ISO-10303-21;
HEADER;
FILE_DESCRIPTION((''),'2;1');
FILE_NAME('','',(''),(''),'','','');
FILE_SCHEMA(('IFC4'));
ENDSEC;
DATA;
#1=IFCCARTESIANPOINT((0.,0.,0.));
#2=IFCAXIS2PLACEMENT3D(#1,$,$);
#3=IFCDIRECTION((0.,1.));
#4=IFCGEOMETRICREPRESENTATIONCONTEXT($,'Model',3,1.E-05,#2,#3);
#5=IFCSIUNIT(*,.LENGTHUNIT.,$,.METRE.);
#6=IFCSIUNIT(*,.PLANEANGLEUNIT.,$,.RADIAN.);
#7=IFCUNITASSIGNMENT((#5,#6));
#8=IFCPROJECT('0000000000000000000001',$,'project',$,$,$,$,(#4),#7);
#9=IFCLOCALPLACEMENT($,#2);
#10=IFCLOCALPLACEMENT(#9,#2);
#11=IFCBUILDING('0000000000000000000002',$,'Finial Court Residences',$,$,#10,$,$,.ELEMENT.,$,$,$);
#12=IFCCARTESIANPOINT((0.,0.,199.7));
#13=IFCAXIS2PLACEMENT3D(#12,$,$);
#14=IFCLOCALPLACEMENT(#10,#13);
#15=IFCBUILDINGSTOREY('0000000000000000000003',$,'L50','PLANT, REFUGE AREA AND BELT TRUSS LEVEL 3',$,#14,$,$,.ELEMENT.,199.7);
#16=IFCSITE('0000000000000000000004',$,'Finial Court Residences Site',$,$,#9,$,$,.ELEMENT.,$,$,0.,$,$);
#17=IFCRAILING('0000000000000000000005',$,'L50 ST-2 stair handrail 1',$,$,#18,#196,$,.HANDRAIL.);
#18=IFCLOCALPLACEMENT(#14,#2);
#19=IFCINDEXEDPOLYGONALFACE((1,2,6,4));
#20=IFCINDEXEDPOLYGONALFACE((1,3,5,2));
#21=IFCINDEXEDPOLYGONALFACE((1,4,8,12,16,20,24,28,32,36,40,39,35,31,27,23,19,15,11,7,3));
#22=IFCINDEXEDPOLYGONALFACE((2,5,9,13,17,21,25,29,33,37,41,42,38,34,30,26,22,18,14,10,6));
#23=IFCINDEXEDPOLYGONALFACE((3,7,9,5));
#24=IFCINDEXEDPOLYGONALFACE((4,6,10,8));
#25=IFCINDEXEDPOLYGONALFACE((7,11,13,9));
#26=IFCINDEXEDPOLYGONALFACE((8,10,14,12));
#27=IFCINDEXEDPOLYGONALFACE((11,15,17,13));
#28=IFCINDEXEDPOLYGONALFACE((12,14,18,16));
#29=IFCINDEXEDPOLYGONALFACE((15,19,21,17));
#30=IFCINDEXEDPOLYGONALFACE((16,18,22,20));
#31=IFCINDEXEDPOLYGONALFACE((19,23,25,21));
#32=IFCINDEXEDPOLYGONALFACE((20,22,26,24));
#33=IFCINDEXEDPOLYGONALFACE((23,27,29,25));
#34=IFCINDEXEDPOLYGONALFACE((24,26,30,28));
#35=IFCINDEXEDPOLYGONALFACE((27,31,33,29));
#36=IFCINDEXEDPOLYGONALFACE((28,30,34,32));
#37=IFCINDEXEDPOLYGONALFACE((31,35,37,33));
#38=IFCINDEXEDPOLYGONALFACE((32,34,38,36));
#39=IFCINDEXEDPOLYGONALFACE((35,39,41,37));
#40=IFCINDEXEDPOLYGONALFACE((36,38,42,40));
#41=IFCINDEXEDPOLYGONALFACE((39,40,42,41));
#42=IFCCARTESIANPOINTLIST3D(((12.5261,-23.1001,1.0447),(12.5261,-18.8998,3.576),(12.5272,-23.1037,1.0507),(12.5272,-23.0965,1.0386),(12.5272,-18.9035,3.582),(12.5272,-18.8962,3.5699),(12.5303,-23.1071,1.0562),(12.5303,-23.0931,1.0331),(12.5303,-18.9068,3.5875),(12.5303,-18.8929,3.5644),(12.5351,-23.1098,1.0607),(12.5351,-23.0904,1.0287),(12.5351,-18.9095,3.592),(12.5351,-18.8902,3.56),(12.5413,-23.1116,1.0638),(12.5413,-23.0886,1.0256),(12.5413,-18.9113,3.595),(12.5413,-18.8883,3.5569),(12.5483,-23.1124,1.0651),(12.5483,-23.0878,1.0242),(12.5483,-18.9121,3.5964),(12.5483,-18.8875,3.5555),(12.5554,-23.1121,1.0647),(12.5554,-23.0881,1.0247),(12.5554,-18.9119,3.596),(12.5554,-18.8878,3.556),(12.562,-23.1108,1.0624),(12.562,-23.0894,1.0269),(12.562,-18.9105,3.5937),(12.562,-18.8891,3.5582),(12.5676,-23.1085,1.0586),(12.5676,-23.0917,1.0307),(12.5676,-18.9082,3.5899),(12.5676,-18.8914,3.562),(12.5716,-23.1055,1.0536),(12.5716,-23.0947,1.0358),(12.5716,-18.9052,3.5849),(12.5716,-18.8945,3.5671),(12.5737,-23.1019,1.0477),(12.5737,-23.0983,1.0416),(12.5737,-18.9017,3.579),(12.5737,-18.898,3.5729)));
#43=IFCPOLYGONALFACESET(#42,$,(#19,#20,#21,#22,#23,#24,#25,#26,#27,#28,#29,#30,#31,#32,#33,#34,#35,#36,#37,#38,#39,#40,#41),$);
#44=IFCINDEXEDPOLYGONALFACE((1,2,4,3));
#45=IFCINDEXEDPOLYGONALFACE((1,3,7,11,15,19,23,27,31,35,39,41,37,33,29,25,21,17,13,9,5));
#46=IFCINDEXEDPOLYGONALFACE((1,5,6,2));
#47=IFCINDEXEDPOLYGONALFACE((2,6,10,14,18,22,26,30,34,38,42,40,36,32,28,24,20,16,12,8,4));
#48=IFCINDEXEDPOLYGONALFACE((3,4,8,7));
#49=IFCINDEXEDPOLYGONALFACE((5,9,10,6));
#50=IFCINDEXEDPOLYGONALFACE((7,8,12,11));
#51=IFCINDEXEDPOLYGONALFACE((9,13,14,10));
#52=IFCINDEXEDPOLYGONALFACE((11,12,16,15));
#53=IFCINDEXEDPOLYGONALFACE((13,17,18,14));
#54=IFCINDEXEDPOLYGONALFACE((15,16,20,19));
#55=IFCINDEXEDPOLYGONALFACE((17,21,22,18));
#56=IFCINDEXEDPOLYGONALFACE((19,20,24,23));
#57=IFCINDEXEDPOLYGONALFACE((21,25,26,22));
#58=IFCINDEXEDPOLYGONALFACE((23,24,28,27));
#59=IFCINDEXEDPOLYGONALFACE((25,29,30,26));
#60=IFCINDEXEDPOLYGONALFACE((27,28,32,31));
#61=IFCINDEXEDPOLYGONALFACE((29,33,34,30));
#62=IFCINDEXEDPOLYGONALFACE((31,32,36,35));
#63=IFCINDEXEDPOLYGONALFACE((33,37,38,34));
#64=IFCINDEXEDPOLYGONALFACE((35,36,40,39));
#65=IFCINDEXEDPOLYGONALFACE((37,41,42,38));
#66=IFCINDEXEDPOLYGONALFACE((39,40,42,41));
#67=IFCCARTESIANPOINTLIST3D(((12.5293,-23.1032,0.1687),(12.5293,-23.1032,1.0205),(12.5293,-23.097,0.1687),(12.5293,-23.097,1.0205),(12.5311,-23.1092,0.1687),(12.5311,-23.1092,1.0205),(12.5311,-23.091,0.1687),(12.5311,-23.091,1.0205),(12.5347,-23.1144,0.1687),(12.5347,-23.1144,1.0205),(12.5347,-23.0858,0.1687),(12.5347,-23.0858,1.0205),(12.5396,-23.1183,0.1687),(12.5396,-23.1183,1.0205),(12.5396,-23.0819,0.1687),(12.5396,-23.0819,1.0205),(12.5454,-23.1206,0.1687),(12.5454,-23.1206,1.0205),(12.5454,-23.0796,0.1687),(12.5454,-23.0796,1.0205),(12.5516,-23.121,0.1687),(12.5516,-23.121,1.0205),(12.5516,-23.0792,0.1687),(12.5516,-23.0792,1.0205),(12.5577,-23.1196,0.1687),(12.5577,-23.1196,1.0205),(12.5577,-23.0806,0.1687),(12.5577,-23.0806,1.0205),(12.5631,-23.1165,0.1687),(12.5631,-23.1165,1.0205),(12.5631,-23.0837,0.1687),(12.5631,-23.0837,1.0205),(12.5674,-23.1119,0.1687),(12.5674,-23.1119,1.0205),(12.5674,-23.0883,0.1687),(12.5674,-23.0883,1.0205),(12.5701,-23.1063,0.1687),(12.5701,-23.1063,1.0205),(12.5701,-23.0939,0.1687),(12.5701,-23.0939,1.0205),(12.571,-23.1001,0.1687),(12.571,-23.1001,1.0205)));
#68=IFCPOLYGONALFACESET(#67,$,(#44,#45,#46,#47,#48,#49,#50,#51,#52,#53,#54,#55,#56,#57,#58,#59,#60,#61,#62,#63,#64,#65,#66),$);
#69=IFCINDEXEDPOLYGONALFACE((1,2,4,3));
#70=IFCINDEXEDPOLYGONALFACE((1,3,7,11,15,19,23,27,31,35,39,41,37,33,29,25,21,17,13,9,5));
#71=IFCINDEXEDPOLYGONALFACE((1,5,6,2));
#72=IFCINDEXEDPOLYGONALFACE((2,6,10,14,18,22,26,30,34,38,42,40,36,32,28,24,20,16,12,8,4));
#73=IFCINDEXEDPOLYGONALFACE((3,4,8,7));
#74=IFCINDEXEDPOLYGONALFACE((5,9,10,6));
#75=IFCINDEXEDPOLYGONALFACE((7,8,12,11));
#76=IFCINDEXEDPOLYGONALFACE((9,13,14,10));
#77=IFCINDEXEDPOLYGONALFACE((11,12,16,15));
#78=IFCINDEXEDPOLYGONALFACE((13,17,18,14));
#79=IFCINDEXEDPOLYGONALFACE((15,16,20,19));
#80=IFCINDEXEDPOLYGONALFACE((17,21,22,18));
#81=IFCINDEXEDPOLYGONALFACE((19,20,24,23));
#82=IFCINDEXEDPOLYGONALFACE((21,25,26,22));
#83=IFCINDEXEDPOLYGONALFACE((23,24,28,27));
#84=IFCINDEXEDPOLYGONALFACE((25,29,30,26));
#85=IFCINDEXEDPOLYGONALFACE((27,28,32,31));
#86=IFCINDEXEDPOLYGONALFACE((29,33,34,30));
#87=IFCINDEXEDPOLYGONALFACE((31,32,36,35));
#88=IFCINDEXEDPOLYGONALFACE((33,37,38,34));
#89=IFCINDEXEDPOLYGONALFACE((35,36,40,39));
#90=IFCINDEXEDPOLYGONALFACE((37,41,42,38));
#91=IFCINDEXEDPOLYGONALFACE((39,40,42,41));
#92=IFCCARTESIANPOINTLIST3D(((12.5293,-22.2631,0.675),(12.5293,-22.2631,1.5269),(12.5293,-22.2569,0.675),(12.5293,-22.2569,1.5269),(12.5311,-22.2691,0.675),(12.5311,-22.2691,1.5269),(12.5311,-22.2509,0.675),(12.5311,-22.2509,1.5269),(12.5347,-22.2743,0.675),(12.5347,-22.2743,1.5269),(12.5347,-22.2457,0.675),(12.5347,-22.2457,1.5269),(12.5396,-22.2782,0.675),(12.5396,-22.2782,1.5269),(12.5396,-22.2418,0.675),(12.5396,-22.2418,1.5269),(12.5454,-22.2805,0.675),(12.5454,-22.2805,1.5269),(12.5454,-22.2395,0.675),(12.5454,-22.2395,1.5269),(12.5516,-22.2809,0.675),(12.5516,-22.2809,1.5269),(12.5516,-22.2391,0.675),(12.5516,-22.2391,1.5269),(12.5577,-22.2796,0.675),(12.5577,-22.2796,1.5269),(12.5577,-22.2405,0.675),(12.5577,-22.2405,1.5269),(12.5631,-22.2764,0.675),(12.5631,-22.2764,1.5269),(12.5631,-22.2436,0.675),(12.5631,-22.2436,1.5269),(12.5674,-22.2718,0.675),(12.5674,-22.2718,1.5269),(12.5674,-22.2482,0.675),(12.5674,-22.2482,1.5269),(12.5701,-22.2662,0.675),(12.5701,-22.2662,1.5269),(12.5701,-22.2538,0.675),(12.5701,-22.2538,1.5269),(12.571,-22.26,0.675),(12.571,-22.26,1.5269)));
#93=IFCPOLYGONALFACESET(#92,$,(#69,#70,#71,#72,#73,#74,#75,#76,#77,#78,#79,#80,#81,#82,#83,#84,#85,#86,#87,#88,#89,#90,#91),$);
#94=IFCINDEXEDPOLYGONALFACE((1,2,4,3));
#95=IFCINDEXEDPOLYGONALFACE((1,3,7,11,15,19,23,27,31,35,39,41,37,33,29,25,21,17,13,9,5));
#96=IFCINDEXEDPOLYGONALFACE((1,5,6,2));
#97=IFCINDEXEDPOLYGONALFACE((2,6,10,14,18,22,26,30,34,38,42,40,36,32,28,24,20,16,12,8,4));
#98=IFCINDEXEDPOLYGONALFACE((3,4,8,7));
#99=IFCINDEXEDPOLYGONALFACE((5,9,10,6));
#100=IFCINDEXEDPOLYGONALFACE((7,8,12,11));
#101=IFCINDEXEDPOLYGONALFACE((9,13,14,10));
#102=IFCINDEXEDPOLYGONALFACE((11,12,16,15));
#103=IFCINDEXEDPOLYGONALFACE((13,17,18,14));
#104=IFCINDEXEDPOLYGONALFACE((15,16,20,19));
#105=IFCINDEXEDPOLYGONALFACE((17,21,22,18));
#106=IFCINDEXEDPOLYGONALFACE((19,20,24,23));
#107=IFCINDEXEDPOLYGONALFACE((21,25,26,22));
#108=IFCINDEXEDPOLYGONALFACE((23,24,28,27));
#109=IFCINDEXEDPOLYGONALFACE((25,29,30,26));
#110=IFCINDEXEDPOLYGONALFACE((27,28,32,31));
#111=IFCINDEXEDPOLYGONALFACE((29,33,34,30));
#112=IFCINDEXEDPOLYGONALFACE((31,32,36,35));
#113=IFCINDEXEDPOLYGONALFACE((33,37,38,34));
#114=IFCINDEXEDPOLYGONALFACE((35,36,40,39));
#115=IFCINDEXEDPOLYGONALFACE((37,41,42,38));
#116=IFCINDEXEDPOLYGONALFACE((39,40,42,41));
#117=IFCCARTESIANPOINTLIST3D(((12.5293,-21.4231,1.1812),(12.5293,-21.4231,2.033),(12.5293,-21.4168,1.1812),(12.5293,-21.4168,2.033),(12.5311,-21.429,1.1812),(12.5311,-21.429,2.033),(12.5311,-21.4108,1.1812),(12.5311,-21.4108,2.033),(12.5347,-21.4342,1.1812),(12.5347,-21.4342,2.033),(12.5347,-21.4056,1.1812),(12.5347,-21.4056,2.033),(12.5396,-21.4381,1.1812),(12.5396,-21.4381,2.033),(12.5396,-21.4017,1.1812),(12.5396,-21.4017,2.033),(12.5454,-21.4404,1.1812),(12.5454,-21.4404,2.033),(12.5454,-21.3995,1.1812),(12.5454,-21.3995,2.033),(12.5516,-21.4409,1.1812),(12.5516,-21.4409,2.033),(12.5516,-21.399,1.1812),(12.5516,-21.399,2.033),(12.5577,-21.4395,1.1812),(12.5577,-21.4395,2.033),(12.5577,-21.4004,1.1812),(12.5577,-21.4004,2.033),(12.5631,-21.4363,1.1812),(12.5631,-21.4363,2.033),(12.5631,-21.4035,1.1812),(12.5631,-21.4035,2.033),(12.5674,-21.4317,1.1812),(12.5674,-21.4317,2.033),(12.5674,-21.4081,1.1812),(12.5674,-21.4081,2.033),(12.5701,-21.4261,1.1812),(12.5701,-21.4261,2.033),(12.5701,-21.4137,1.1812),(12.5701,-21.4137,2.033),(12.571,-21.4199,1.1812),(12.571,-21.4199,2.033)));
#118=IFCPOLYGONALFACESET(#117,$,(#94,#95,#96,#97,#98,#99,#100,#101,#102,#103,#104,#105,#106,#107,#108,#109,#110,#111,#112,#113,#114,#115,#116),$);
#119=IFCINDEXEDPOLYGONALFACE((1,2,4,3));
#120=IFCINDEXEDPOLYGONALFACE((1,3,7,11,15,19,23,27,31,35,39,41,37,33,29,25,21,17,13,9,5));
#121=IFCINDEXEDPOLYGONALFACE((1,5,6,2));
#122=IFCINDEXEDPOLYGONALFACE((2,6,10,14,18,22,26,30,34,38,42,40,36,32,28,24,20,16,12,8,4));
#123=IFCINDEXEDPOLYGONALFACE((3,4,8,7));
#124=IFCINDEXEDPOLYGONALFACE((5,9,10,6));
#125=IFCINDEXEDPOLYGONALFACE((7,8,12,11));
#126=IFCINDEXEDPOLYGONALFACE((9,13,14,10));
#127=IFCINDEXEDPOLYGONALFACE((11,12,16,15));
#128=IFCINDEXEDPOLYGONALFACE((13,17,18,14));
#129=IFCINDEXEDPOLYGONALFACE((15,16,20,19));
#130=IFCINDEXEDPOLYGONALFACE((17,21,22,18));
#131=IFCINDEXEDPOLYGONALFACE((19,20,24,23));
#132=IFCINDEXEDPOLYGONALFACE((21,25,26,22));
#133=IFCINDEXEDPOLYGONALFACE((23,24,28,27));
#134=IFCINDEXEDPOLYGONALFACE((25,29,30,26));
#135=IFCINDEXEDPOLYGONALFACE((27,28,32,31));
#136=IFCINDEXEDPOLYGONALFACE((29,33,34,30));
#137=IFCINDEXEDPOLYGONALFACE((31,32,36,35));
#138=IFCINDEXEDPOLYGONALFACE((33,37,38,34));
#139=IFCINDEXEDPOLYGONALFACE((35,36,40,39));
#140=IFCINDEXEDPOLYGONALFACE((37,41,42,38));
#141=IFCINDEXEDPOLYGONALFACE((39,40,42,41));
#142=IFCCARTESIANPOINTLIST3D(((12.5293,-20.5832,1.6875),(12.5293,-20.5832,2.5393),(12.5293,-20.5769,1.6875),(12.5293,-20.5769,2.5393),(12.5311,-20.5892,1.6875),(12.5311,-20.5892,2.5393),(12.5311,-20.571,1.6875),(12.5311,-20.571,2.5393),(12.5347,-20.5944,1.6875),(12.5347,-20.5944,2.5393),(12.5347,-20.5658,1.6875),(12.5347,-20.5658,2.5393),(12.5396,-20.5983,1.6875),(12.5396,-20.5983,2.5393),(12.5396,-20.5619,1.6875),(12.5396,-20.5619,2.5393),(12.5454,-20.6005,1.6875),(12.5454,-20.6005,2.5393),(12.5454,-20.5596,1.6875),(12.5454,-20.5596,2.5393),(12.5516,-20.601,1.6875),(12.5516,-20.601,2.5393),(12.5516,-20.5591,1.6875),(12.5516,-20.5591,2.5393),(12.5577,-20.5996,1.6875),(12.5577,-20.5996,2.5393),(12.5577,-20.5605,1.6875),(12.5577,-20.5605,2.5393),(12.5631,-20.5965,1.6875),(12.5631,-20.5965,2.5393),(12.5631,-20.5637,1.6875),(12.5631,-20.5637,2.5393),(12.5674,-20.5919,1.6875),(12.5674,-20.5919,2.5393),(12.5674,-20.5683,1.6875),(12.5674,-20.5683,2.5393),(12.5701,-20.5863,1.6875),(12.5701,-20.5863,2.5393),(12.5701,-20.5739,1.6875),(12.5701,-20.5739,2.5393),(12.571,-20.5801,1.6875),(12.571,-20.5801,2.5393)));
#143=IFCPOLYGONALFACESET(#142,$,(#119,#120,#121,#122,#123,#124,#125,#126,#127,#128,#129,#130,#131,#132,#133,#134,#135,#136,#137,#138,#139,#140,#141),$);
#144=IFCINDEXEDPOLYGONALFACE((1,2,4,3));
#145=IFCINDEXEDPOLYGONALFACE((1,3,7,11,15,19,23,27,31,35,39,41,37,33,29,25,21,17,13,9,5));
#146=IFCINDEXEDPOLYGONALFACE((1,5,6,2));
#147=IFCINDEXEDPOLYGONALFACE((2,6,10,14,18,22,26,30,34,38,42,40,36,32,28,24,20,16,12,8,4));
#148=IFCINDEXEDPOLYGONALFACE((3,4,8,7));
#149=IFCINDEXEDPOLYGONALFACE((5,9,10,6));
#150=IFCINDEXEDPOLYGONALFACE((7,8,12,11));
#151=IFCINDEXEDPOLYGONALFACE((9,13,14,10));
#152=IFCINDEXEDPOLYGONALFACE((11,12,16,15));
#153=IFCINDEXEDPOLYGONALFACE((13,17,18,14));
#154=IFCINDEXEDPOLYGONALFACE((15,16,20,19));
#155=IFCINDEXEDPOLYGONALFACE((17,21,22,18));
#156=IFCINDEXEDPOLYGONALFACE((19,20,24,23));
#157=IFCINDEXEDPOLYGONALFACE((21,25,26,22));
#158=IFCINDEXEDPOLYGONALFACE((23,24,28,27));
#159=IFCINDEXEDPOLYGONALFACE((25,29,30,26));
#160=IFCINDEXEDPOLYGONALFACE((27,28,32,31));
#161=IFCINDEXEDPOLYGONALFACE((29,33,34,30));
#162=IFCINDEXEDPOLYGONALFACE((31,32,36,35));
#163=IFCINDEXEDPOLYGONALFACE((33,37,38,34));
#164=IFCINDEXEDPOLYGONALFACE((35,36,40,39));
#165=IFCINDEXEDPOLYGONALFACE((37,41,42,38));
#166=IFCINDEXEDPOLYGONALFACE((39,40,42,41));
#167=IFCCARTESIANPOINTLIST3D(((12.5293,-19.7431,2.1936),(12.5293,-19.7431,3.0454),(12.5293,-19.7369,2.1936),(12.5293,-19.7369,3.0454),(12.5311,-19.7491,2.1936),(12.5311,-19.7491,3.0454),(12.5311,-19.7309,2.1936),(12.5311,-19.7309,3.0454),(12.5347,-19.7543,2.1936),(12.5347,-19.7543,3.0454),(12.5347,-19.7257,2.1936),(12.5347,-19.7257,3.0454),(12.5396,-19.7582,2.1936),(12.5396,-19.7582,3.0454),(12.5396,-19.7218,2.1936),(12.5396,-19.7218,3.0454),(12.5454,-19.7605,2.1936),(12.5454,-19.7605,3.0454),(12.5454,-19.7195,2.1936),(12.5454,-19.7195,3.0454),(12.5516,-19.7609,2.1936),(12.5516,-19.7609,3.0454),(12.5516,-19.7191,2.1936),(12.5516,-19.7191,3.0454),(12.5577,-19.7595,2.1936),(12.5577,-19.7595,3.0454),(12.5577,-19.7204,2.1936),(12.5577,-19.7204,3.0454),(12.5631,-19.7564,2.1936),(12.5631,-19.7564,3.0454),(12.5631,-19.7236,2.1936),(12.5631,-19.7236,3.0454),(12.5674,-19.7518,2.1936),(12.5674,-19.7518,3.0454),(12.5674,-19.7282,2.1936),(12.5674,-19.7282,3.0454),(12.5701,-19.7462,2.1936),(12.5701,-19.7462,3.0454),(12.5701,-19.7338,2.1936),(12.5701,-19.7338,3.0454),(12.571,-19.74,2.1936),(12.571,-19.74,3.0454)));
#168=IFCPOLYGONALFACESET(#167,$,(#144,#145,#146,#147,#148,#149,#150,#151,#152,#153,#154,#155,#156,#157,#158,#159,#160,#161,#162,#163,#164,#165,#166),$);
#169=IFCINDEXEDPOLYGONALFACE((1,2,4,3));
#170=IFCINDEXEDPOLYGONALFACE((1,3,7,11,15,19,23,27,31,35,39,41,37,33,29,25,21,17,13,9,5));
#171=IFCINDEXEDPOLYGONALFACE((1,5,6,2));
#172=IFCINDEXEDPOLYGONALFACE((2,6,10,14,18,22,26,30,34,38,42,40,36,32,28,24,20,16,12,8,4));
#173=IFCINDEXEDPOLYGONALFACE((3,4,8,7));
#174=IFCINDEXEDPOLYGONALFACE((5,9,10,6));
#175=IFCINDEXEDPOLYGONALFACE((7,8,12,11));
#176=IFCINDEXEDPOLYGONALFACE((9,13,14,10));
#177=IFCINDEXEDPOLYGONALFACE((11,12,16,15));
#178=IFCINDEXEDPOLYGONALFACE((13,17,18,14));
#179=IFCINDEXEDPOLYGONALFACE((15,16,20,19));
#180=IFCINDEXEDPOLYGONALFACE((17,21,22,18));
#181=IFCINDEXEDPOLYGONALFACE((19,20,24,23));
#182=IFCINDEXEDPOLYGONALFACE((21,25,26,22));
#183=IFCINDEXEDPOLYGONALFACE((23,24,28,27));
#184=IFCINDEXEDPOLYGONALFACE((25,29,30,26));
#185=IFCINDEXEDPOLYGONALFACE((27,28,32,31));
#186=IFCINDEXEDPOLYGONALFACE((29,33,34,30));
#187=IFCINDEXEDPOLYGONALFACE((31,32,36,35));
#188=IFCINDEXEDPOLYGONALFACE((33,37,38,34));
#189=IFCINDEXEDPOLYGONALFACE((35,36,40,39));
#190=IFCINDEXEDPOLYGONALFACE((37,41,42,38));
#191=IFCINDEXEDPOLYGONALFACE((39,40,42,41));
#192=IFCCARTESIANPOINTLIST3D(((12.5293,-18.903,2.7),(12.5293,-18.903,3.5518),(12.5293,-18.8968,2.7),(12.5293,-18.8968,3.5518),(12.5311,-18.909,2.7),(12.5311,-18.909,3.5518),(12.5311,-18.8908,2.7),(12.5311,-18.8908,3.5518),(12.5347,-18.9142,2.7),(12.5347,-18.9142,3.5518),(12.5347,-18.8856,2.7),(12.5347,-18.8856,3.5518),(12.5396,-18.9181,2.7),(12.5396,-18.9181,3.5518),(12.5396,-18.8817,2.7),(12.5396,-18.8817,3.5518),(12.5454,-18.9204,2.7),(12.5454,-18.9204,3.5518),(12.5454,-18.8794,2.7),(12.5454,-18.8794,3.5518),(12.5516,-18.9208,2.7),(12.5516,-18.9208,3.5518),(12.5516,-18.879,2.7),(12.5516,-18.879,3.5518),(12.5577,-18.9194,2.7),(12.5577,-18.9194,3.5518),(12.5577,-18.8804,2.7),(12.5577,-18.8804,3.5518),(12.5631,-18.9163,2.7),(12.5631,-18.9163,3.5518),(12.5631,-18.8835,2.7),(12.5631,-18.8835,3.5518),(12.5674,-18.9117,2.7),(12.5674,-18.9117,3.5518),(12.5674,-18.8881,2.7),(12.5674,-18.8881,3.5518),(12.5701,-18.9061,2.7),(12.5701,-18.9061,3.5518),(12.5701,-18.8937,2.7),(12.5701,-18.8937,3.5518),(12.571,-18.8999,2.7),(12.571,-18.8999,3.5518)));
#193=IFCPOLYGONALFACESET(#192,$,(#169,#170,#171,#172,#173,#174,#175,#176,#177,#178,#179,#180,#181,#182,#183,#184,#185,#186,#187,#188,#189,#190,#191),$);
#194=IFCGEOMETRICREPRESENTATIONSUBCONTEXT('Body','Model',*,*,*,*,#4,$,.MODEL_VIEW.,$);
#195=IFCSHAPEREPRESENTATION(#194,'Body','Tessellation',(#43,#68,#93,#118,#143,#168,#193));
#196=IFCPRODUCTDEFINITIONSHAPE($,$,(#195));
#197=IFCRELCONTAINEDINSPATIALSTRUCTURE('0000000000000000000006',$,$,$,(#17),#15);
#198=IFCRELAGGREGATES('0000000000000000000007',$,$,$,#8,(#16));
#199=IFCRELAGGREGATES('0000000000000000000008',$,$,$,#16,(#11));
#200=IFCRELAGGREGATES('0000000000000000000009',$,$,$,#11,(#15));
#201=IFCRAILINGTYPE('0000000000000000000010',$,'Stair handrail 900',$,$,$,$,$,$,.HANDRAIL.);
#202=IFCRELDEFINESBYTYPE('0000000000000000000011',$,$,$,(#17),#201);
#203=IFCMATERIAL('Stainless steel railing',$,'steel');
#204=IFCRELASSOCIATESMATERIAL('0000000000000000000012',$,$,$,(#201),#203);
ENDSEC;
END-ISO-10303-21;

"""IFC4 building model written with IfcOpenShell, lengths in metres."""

from ifc_helpers import new_model, si_unit, direction, frame, origin, origin_2d, place, context, subcontext, project, spatial, circle, extrude, material, type_object, element, save


model = new_model("IFC4")

# Units and contexts
model_context = context("Model", 3, precision=1e-05, world=origin(), true_north=direction((0.0, 1.0)))
body_context = subcontext(model_context, "Body", "Model", "MODEL_VIEW")
ifc_project = project(units=[si_unit("LENGTHUNIT", "METRE"), si_unit("PLANEANGLEUNIT", "RADIAN")], contexts=[model_context])

# Site, building, storey
site_placement = place(None, origin())
site = spatial("IfcSite", under=ifc_project, at=site_placement, Name="Finial Court Residences Site", CompositionType="ELEMENT", RefElevation=0.0)
building_placement = place(site_placement, origin())
building = spatial("IfcBuilding", under=site, at=building_placement, Name="Finial Court Residences", CompositionType="ELEMENT")
storey_placement = place(building_placement, frame((0.0, 0.0, 199.7)))
storey = spatial("IfcBuildingStorey", under=building, at=storey_placement, Name="L50", Description="PLANT, REFUGE AREA AND BELT TRUSS LEVEL 3", CompositionType="ELEMENT", Elevation=199.7)

# Railing
ifc_material_1 = material(Name="Stainless steel railing", Category="steel")
railing_type_1 = type_object("IfcRailingType", Name="Stair handrail 900", PredefinedType="HANDRAIL", material=ifc_material_1)
railing_1_placement = place(storey_placement, frame((12.55, -23.1001, 0.1687)))
element("IfcRailing", 1, at=railing_1_placement, inside=storey, type_object=railing_type_1, Name="L50 ST-2 stair handrail 1", PredefinedType="HANDRAIL", context=body_context, shape_type="SweptSolid", body=[
    extrude(circle(Radius=0.0239, at=origin_2d()), frame((0.0, 0.0, 0.876), z_axis=(0.0, 0.85649, 0.516164), x_axis=(-1.0, 0.0, 0.0)), (0.0, 0.0, 1.0), 4.9041),
    extrude(circle(Radius=0.021, at=origin_2d()), origin(), (0.0, 0.0, 1.0), 0.8518),
    extrude(circle(Radius=0.021, at=origin_2d()), frame((0.0, 0.8401, 0.5063)), (0.0, 0.0, 1.0), 0.8518),
    extrude(circle(Radius=0.021, at=origin_2d()), frame((0.0, 1.6802, 1.0125)), (0.0, 0.0, 1.0), 0.8518),
    extrude(circle(Radius=0.021, at=origin_2d()), frame((0.0, 2.52, 1.5188)), (0.0, 0.0, 1.0), 0.8518),
    extrude(circle(Radius=0.021, at=origin_2d()), frame((0.0, 3.3601, 2.0249)), (0.0, 0.0, 1.0), 0.8518),
    extrude(circle(Radius=0.021, at=origin_2d()), frame((0.0, 4.2002, 2.5312)), (0.0, 0.0, 1.0), 0.8518),
])

save(model, "model.ifc")
